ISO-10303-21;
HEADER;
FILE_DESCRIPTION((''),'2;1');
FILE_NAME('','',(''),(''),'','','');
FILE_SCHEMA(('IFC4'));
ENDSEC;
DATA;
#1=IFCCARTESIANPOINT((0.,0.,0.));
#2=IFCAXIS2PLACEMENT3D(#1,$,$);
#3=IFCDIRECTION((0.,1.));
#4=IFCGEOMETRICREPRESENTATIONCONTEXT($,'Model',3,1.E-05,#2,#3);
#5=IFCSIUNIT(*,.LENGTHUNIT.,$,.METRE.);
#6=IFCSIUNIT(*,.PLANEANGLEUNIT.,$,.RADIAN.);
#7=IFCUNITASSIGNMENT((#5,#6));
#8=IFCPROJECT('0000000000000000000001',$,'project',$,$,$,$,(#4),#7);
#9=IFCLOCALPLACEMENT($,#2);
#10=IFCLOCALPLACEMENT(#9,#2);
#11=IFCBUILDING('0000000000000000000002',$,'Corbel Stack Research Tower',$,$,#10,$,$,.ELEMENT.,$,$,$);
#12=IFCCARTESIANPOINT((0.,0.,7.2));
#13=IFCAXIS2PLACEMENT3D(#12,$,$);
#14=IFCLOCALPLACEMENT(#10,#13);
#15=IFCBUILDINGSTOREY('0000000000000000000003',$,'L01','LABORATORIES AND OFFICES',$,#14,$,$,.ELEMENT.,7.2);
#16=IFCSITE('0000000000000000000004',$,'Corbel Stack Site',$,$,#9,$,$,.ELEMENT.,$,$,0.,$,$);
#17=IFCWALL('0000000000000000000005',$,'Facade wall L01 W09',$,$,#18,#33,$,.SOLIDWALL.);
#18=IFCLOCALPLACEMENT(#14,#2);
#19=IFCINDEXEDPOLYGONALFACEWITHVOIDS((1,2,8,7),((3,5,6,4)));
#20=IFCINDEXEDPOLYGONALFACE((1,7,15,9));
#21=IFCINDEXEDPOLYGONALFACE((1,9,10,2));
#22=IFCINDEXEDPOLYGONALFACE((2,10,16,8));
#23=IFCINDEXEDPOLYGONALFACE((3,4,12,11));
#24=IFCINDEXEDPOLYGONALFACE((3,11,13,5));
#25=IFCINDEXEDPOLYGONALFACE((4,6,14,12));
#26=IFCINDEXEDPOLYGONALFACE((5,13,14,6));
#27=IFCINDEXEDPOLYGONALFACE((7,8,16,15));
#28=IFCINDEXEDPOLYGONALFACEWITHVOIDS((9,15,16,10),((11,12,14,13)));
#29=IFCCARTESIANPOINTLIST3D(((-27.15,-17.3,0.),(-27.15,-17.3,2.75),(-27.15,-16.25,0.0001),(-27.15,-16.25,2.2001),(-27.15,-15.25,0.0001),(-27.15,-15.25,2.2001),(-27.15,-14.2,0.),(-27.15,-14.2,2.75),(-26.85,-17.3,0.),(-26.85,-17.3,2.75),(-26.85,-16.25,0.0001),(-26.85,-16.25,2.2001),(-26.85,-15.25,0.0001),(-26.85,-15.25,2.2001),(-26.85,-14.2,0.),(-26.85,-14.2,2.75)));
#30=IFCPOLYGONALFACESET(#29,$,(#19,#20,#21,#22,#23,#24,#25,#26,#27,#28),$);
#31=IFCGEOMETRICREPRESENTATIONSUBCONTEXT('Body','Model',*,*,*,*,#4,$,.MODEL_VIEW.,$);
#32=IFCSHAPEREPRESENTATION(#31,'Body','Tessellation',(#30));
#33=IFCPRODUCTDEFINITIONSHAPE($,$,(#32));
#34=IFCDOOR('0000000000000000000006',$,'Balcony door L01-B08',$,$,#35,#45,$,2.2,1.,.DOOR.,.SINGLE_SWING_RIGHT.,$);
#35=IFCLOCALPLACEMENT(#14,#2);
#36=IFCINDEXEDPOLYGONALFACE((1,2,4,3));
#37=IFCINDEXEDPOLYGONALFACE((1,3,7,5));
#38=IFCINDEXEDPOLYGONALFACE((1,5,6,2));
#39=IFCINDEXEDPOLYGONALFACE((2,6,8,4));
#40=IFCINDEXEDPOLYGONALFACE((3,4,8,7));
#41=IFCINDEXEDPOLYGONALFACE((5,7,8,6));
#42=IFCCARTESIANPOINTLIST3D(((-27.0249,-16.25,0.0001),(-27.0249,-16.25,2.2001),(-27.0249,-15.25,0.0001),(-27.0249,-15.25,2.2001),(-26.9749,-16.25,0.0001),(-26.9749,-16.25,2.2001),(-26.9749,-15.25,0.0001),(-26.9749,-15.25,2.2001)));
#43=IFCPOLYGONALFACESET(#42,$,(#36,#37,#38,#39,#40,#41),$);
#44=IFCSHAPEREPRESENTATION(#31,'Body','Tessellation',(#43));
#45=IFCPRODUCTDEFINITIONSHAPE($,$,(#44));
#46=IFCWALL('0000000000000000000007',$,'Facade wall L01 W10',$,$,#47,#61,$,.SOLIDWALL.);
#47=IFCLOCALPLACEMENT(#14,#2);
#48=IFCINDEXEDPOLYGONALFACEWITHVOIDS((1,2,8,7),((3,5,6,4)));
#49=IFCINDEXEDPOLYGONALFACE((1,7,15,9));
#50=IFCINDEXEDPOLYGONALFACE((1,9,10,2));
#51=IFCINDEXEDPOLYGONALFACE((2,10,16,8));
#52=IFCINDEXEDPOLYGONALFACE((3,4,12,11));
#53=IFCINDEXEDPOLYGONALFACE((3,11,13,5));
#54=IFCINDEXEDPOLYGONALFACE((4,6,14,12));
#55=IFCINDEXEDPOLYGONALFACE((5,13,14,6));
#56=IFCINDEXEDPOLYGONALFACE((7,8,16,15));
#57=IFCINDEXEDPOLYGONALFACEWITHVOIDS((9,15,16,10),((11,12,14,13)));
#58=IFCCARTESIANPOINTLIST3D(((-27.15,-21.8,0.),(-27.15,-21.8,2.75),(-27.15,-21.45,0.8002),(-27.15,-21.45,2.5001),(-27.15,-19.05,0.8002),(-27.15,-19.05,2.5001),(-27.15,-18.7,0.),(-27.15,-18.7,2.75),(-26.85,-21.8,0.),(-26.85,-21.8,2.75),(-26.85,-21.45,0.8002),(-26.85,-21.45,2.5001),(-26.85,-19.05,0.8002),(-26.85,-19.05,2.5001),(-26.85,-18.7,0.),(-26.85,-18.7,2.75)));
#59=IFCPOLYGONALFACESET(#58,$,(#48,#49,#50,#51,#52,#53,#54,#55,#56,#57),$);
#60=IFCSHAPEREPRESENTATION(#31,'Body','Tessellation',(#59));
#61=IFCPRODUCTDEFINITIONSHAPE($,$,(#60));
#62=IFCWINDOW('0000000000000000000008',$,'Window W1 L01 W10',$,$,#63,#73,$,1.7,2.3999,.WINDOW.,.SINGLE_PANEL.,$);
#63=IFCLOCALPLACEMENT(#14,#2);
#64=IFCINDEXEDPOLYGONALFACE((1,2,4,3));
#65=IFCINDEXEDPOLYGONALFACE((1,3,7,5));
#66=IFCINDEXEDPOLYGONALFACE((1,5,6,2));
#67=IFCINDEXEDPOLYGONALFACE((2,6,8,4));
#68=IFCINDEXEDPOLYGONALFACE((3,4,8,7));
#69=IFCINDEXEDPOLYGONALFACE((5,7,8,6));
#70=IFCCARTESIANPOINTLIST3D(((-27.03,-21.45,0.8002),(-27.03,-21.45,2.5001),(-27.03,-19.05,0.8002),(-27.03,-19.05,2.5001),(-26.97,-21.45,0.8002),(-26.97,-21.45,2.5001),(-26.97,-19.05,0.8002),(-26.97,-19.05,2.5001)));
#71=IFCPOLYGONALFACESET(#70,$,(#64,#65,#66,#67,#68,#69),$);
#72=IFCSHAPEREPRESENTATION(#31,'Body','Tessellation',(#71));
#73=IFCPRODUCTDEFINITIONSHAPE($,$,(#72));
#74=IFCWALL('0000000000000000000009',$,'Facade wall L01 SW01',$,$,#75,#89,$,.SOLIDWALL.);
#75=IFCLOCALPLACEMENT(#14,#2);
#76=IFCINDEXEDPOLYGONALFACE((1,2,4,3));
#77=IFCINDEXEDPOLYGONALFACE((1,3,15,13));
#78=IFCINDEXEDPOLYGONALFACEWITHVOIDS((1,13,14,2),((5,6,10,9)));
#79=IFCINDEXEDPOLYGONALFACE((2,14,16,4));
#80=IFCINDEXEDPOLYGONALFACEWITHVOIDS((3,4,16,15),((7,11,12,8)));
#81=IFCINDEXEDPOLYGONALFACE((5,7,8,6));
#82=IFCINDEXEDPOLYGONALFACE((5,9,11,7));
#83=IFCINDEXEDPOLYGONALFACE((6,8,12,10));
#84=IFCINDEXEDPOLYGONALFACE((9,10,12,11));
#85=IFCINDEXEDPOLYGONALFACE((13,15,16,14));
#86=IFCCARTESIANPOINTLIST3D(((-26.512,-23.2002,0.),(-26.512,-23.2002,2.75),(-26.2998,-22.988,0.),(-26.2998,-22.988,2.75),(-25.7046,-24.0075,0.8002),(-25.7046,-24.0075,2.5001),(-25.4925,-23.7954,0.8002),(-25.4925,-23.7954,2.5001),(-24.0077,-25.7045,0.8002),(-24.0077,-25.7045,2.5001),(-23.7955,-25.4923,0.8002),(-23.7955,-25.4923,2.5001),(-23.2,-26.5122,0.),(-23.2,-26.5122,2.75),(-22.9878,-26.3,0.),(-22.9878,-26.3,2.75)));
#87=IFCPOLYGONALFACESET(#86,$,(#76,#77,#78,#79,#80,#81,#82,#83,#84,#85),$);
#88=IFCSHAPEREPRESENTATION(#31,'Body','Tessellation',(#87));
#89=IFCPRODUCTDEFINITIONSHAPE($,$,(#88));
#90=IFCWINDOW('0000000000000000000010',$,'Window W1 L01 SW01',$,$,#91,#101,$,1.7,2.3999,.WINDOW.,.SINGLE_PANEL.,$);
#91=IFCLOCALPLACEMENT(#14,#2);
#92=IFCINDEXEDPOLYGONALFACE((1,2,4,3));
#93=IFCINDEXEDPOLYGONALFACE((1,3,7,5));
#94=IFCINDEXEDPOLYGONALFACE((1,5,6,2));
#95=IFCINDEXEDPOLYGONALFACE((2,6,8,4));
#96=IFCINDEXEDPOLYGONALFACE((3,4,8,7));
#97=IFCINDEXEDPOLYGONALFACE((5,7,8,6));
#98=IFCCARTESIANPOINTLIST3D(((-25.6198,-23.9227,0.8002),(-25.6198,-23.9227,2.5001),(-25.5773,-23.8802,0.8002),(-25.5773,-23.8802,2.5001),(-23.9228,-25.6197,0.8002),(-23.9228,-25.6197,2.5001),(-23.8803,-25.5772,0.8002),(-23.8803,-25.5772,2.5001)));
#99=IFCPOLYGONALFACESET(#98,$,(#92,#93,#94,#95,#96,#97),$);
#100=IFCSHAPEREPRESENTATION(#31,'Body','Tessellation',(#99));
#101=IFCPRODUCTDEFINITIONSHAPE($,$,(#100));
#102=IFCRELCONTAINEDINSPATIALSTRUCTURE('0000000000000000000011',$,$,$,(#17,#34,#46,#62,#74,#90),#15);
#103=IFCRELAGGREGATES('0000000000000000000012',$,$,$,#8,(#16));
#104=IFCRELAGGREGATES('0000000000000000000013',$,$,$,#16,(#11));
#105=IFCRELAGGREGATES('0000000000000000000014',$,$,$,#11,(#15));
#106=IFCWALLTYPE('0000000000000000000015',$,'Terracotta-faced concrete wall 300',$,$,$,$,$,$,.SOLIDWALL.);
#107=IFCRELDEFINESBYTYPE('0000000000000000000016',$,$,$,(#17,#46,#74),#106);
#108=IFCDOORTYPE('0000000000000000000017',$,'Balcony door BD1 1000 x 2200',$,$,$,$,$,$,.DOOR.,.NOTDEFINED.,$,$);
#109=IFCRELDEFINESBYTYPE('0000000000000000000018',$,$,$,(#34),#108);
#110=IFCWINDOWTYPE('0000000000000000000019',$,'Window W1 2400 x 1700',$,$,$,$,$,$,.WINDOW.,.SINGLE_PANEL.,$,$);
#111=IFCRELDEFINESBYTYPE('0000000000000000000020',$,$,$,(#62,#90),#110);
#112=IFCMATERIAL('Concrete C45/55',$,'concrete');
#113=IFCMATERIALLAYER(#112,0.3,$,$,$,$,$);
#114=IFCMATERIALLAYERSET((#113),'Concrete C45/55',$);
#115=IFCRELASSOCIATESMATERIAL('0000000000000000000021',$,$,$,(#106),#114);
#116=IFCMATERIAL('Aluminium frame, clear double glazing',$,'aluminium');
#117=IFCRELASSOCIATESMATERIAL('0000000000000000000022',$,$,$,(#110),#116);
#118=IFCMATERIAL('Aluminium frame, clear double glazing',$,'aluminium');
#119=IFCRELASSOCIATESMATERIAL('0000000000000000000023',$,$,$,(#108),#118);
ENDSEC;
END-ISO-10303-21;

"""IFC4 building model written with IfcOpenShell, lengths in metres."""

from ifc_helpers import new_model, si_unit, direction, frame, frame_2d, origin, place, context, subcontext, project, spatial, rectangle, extrude, material, layer, layer_set, type_object, element, fill, save


model = new_model("IFC4")

# Units and contexts
model_context = context("Model", 3, precision=1e-05, world=origin(), true_north=direction((0.0, 1.0)))
body_context = subcontext(model_context, "Body", "Model", "MODEL_VIEW")
ifc_project = project(units=[si_unit("LENGTHUNIT", "METRE"), si_unit("PLANEANGLEUNIT", "RADIAN")], contexts=[model_context])

# Site, building, storey
site_placement = place(None, origin())
site = spatial("IfcSite", under=ifc_project, at=site_placement, Name="Corbel Stack Site", CompositionType="ELEMENT", RefElevation=0.0)
building_placement = place(site_placement, origin())
building = spatial("IfcBuilding", under=site, at=building_placement, Name="Corbel Stack Research Tower", CompositionType="ELEMENT")
storey_placement = place(building_placement, frame((0.0, 0.0, 7.2)))
storey = spatial("IfcBuildingStorey", under=building, at=storey_placement, Name="L01", Description="LABORATORIES AND OFFICES", CompositionType="ELEMENT", Elevation=7.2)

# Shared definitions
ifc_material_1 = material(Name="Concrete C45/55", Category="concrete")
ifc_layer_1 = layer(ifc_material_1, 0.3)
ifc_layer_set_1 = layer_set([ifc_layer_1], Name="Concrete C45/55")
wall_type_1 = type_object("IfcWallType", Name="Terracotta-faced concrete wall 300", PredefinedType="SOLIDWALL", material=ifc_layer_set_1)
ifc_material_2 = material(Name="Aluminium frame, clear double glazing", Category="aluminium")
window_type = type_object("IfcWindowType", Name="Window W1 2400 x 1700", PartitioningType="SINGLE_PANEL", PredefinedType="WINDOW", material=ifc_material_2)

# Wall, opening, door
wall_1_placement = place(storey_placement, frame((-27.0, -17.3, 0.0), z_axis=(0.0, 0.0, 1.0), x_axis=(0.0, 1.0, 0.0)))
wall_1 = element("IfcWall", 1, at=wall_1_placement, inside=storey, type_object=wall_type_1, Name="Facade wall L01 W09", PredefinedType="SOLIDWALL", context=body_context, shape_type="SweptSolid", body=[
    extrude(rectangle(XDim=3.1001, YDim=0.3, at=frame_2d((1.55, 0.0))), origin(), (0.0, 0.0, 1.0), 2.75),
])
opening_1_placement = place(wall_1_placement, frame((1.05, 0.0, 0.0)))
opening_1 = element("IfcOpeningElement", 2, at=opening_1_placement, cuts=wall_1, PredefinedType="OPENING", context=body_context, shape_type="SweptSolid", body=[
    extrude(rectangle(XDim=1.0, YDim=2.2, at=frame_2d((0.5, 1.1001))), frame((0.0, 0.1599, 0.0), z_axis=(0.0, -1.0, 0.0), x_axis=(1.0, 0.0, 0.0)), (0.0, 0.0, 1.0), 0.3201),
])
ifc_material_3 = material(Name="Aluminium frame, clear double glazing", Category="aluminium")
door_type_1 = type_object("IfcDoorType", Name="Balcony door BD1 1000 x 2200", OperationType="NOTDEFINED", PredefinedType="DOOR", material=ifc_material_3)
door_1_placement = place(opening_1_placement, origin())
door_1 = element("IfcDoor", 3, at=door_1_placement, inside=storey, type_object=door_type_1, Name="Balcony door L01-B08", OperationType="SINGLE_SWING_RIGHT", OverallHeight=2.2, OverallWidth=1.0, PredefinedType="DOOR", context=body_context, shape_type="SweptSolid", body=[
    extrude(rectangle(XDim=1.0, YDim=2.2, at=frame_2d((0.5, 1.1001))), frame((0.0, 0.0249, 0.0), z_axis=(0.0, -1.0, 0.0), x_axis=(1.0, 0.0, 0.0)), (0.0, 0.0, 1.0), 0.05),
])
fill(opening_1, door_1)

# Walls, openings, windows
wall_2_placement = place(storey_placement, frame((-27.0, -21.8, 0.0), z_axis=(0.0, 0.0, 1.0), x_axis=(0.0, 1.0, 0.0)))
wall_2 = element("IfcWall", 4, at=wall_2_placement, inside=storey, type_object=wall_type_1, Name="Facade wall L01 W10", PredefinedType="SOLIDWALL", context=body_context, shape_type="SweptSolid", body=[
    extrude(rectangle(XDim=3.1001, YDim=0.3, at=frame_2d((1.55, 0.0))), origin(), (0.0, 0.0, 1.0), 2.75),
])
opening_2_placement = place(wall_2_placement, frame((0.3501, 0.0, 0.8)))
opening_2 = element("IfcOpeningElement", 5, at=opening_2_placement, cuts=wall_2, PredefinedType="OPENING", context=body_context, shape_type="SweptSolid", body=[
    extrude(rectangle(XDim=2.3999, YDim=1.7, at=frame_2d((1.2, 0.8501))), frame((0.0, 0.1599, 0.0), z_axis=(0.0, -1.0, 0.0), x_axis=(1.0, 0.0, 0.0)), (0.0, 0.0, 1.0), 0.3201),
])
window_1_placement = place(opening_2_placement, origin())
window_1 = element("IfcWindow", 6, at=window_1_placement, inside=storey, type_object=window_type, Name="Window W1 L01 W10", OverallHeight=1.7, OverallWidth=2.3999, PartitioningType="SINGLE_PANEL", PredefinedType="WINDOW", context=body_context, shape_type="SweptSolid", body=[
    extrude(rectangle(XDim=2.3999, YDim=1.7, at=frame_2d((1.2, 0.8501))), frame((0.0, 0.03, 0.0), z_axis=(0.0, -1.0, 0.0), x_axis=(1.0, 0.0, 0.0)), (0.0, 0.0, 1.0), 0.0601),
])
fill(opening_2, window_1)
wall_3_placement = place(storey_placement, frame((-23.094, -26.406, 0.0), z_axis=(0.0, 0.0, 1.0), x_axis=(-0.707107, 0.707107, 0.0)))
wall_3 = element("IfcWall", 7, at=wall_3_placement, inside=storey, type_object=wall_type_1, Name="Facade wall L01 SW01", PredefinedType="SOLIDWALL", context=body_context, shape_type="SweptSolid", body=[
    extrude(rectangle(XDim=4.6838, YDim=0.3, at=frame_2d((2.3418, 0.0))), origin(), (0.0, 0.0, 1.0), 2.75),
])
opening_3_placement = place(wall_3_placement, frame((1.1421, 0.0, 0.8)))
opening_3 = element("IfcOpeningElement", 8, at=opening_3_placement, cuts=wall_3, PredefinedType="OPENING", context=body_context, shape_type="SweptSolid", body=[
    extrude(rectangle(XDim=2.3999, YDim=1.7, at=frame_2d((1.2, 0.8501))), frame((0.0, 0.1599, 0.0), z_axis=(0.0, -1.0, 0.0), x_axis=(1.0, 0.0, 0.0)), (0.0, 0.0, 1.0), 0.3201),
])
window_2_placement = place(opening_3_placement, origin())
window_2 = element("IfcWindow", 9, at=window_2_placement, inside=storey, type_object=window_type, Name="Window W1 L01 SW01", OverallHeight=1.7, OverallWidth=2.3999, PartitioningType="SINGLE_PANEL", PredefinedType="WINDOW", context=body_context, shape_type="SweptSolid", body=[
    extrude(rectangle(XDim=2.3999, YDim=1.7, at=frame_2d((1.2, 0.8501))), frame((0.0, 0.03, 0.0), z_axis=(0.0, -1.0, 0.0), x_axis=(1.0, 0.0, 0.0)), (0.0, 0.0, 1.0), 0.0601),
])
fill(opening_3, window_2)

save(model, "model.ifc")
